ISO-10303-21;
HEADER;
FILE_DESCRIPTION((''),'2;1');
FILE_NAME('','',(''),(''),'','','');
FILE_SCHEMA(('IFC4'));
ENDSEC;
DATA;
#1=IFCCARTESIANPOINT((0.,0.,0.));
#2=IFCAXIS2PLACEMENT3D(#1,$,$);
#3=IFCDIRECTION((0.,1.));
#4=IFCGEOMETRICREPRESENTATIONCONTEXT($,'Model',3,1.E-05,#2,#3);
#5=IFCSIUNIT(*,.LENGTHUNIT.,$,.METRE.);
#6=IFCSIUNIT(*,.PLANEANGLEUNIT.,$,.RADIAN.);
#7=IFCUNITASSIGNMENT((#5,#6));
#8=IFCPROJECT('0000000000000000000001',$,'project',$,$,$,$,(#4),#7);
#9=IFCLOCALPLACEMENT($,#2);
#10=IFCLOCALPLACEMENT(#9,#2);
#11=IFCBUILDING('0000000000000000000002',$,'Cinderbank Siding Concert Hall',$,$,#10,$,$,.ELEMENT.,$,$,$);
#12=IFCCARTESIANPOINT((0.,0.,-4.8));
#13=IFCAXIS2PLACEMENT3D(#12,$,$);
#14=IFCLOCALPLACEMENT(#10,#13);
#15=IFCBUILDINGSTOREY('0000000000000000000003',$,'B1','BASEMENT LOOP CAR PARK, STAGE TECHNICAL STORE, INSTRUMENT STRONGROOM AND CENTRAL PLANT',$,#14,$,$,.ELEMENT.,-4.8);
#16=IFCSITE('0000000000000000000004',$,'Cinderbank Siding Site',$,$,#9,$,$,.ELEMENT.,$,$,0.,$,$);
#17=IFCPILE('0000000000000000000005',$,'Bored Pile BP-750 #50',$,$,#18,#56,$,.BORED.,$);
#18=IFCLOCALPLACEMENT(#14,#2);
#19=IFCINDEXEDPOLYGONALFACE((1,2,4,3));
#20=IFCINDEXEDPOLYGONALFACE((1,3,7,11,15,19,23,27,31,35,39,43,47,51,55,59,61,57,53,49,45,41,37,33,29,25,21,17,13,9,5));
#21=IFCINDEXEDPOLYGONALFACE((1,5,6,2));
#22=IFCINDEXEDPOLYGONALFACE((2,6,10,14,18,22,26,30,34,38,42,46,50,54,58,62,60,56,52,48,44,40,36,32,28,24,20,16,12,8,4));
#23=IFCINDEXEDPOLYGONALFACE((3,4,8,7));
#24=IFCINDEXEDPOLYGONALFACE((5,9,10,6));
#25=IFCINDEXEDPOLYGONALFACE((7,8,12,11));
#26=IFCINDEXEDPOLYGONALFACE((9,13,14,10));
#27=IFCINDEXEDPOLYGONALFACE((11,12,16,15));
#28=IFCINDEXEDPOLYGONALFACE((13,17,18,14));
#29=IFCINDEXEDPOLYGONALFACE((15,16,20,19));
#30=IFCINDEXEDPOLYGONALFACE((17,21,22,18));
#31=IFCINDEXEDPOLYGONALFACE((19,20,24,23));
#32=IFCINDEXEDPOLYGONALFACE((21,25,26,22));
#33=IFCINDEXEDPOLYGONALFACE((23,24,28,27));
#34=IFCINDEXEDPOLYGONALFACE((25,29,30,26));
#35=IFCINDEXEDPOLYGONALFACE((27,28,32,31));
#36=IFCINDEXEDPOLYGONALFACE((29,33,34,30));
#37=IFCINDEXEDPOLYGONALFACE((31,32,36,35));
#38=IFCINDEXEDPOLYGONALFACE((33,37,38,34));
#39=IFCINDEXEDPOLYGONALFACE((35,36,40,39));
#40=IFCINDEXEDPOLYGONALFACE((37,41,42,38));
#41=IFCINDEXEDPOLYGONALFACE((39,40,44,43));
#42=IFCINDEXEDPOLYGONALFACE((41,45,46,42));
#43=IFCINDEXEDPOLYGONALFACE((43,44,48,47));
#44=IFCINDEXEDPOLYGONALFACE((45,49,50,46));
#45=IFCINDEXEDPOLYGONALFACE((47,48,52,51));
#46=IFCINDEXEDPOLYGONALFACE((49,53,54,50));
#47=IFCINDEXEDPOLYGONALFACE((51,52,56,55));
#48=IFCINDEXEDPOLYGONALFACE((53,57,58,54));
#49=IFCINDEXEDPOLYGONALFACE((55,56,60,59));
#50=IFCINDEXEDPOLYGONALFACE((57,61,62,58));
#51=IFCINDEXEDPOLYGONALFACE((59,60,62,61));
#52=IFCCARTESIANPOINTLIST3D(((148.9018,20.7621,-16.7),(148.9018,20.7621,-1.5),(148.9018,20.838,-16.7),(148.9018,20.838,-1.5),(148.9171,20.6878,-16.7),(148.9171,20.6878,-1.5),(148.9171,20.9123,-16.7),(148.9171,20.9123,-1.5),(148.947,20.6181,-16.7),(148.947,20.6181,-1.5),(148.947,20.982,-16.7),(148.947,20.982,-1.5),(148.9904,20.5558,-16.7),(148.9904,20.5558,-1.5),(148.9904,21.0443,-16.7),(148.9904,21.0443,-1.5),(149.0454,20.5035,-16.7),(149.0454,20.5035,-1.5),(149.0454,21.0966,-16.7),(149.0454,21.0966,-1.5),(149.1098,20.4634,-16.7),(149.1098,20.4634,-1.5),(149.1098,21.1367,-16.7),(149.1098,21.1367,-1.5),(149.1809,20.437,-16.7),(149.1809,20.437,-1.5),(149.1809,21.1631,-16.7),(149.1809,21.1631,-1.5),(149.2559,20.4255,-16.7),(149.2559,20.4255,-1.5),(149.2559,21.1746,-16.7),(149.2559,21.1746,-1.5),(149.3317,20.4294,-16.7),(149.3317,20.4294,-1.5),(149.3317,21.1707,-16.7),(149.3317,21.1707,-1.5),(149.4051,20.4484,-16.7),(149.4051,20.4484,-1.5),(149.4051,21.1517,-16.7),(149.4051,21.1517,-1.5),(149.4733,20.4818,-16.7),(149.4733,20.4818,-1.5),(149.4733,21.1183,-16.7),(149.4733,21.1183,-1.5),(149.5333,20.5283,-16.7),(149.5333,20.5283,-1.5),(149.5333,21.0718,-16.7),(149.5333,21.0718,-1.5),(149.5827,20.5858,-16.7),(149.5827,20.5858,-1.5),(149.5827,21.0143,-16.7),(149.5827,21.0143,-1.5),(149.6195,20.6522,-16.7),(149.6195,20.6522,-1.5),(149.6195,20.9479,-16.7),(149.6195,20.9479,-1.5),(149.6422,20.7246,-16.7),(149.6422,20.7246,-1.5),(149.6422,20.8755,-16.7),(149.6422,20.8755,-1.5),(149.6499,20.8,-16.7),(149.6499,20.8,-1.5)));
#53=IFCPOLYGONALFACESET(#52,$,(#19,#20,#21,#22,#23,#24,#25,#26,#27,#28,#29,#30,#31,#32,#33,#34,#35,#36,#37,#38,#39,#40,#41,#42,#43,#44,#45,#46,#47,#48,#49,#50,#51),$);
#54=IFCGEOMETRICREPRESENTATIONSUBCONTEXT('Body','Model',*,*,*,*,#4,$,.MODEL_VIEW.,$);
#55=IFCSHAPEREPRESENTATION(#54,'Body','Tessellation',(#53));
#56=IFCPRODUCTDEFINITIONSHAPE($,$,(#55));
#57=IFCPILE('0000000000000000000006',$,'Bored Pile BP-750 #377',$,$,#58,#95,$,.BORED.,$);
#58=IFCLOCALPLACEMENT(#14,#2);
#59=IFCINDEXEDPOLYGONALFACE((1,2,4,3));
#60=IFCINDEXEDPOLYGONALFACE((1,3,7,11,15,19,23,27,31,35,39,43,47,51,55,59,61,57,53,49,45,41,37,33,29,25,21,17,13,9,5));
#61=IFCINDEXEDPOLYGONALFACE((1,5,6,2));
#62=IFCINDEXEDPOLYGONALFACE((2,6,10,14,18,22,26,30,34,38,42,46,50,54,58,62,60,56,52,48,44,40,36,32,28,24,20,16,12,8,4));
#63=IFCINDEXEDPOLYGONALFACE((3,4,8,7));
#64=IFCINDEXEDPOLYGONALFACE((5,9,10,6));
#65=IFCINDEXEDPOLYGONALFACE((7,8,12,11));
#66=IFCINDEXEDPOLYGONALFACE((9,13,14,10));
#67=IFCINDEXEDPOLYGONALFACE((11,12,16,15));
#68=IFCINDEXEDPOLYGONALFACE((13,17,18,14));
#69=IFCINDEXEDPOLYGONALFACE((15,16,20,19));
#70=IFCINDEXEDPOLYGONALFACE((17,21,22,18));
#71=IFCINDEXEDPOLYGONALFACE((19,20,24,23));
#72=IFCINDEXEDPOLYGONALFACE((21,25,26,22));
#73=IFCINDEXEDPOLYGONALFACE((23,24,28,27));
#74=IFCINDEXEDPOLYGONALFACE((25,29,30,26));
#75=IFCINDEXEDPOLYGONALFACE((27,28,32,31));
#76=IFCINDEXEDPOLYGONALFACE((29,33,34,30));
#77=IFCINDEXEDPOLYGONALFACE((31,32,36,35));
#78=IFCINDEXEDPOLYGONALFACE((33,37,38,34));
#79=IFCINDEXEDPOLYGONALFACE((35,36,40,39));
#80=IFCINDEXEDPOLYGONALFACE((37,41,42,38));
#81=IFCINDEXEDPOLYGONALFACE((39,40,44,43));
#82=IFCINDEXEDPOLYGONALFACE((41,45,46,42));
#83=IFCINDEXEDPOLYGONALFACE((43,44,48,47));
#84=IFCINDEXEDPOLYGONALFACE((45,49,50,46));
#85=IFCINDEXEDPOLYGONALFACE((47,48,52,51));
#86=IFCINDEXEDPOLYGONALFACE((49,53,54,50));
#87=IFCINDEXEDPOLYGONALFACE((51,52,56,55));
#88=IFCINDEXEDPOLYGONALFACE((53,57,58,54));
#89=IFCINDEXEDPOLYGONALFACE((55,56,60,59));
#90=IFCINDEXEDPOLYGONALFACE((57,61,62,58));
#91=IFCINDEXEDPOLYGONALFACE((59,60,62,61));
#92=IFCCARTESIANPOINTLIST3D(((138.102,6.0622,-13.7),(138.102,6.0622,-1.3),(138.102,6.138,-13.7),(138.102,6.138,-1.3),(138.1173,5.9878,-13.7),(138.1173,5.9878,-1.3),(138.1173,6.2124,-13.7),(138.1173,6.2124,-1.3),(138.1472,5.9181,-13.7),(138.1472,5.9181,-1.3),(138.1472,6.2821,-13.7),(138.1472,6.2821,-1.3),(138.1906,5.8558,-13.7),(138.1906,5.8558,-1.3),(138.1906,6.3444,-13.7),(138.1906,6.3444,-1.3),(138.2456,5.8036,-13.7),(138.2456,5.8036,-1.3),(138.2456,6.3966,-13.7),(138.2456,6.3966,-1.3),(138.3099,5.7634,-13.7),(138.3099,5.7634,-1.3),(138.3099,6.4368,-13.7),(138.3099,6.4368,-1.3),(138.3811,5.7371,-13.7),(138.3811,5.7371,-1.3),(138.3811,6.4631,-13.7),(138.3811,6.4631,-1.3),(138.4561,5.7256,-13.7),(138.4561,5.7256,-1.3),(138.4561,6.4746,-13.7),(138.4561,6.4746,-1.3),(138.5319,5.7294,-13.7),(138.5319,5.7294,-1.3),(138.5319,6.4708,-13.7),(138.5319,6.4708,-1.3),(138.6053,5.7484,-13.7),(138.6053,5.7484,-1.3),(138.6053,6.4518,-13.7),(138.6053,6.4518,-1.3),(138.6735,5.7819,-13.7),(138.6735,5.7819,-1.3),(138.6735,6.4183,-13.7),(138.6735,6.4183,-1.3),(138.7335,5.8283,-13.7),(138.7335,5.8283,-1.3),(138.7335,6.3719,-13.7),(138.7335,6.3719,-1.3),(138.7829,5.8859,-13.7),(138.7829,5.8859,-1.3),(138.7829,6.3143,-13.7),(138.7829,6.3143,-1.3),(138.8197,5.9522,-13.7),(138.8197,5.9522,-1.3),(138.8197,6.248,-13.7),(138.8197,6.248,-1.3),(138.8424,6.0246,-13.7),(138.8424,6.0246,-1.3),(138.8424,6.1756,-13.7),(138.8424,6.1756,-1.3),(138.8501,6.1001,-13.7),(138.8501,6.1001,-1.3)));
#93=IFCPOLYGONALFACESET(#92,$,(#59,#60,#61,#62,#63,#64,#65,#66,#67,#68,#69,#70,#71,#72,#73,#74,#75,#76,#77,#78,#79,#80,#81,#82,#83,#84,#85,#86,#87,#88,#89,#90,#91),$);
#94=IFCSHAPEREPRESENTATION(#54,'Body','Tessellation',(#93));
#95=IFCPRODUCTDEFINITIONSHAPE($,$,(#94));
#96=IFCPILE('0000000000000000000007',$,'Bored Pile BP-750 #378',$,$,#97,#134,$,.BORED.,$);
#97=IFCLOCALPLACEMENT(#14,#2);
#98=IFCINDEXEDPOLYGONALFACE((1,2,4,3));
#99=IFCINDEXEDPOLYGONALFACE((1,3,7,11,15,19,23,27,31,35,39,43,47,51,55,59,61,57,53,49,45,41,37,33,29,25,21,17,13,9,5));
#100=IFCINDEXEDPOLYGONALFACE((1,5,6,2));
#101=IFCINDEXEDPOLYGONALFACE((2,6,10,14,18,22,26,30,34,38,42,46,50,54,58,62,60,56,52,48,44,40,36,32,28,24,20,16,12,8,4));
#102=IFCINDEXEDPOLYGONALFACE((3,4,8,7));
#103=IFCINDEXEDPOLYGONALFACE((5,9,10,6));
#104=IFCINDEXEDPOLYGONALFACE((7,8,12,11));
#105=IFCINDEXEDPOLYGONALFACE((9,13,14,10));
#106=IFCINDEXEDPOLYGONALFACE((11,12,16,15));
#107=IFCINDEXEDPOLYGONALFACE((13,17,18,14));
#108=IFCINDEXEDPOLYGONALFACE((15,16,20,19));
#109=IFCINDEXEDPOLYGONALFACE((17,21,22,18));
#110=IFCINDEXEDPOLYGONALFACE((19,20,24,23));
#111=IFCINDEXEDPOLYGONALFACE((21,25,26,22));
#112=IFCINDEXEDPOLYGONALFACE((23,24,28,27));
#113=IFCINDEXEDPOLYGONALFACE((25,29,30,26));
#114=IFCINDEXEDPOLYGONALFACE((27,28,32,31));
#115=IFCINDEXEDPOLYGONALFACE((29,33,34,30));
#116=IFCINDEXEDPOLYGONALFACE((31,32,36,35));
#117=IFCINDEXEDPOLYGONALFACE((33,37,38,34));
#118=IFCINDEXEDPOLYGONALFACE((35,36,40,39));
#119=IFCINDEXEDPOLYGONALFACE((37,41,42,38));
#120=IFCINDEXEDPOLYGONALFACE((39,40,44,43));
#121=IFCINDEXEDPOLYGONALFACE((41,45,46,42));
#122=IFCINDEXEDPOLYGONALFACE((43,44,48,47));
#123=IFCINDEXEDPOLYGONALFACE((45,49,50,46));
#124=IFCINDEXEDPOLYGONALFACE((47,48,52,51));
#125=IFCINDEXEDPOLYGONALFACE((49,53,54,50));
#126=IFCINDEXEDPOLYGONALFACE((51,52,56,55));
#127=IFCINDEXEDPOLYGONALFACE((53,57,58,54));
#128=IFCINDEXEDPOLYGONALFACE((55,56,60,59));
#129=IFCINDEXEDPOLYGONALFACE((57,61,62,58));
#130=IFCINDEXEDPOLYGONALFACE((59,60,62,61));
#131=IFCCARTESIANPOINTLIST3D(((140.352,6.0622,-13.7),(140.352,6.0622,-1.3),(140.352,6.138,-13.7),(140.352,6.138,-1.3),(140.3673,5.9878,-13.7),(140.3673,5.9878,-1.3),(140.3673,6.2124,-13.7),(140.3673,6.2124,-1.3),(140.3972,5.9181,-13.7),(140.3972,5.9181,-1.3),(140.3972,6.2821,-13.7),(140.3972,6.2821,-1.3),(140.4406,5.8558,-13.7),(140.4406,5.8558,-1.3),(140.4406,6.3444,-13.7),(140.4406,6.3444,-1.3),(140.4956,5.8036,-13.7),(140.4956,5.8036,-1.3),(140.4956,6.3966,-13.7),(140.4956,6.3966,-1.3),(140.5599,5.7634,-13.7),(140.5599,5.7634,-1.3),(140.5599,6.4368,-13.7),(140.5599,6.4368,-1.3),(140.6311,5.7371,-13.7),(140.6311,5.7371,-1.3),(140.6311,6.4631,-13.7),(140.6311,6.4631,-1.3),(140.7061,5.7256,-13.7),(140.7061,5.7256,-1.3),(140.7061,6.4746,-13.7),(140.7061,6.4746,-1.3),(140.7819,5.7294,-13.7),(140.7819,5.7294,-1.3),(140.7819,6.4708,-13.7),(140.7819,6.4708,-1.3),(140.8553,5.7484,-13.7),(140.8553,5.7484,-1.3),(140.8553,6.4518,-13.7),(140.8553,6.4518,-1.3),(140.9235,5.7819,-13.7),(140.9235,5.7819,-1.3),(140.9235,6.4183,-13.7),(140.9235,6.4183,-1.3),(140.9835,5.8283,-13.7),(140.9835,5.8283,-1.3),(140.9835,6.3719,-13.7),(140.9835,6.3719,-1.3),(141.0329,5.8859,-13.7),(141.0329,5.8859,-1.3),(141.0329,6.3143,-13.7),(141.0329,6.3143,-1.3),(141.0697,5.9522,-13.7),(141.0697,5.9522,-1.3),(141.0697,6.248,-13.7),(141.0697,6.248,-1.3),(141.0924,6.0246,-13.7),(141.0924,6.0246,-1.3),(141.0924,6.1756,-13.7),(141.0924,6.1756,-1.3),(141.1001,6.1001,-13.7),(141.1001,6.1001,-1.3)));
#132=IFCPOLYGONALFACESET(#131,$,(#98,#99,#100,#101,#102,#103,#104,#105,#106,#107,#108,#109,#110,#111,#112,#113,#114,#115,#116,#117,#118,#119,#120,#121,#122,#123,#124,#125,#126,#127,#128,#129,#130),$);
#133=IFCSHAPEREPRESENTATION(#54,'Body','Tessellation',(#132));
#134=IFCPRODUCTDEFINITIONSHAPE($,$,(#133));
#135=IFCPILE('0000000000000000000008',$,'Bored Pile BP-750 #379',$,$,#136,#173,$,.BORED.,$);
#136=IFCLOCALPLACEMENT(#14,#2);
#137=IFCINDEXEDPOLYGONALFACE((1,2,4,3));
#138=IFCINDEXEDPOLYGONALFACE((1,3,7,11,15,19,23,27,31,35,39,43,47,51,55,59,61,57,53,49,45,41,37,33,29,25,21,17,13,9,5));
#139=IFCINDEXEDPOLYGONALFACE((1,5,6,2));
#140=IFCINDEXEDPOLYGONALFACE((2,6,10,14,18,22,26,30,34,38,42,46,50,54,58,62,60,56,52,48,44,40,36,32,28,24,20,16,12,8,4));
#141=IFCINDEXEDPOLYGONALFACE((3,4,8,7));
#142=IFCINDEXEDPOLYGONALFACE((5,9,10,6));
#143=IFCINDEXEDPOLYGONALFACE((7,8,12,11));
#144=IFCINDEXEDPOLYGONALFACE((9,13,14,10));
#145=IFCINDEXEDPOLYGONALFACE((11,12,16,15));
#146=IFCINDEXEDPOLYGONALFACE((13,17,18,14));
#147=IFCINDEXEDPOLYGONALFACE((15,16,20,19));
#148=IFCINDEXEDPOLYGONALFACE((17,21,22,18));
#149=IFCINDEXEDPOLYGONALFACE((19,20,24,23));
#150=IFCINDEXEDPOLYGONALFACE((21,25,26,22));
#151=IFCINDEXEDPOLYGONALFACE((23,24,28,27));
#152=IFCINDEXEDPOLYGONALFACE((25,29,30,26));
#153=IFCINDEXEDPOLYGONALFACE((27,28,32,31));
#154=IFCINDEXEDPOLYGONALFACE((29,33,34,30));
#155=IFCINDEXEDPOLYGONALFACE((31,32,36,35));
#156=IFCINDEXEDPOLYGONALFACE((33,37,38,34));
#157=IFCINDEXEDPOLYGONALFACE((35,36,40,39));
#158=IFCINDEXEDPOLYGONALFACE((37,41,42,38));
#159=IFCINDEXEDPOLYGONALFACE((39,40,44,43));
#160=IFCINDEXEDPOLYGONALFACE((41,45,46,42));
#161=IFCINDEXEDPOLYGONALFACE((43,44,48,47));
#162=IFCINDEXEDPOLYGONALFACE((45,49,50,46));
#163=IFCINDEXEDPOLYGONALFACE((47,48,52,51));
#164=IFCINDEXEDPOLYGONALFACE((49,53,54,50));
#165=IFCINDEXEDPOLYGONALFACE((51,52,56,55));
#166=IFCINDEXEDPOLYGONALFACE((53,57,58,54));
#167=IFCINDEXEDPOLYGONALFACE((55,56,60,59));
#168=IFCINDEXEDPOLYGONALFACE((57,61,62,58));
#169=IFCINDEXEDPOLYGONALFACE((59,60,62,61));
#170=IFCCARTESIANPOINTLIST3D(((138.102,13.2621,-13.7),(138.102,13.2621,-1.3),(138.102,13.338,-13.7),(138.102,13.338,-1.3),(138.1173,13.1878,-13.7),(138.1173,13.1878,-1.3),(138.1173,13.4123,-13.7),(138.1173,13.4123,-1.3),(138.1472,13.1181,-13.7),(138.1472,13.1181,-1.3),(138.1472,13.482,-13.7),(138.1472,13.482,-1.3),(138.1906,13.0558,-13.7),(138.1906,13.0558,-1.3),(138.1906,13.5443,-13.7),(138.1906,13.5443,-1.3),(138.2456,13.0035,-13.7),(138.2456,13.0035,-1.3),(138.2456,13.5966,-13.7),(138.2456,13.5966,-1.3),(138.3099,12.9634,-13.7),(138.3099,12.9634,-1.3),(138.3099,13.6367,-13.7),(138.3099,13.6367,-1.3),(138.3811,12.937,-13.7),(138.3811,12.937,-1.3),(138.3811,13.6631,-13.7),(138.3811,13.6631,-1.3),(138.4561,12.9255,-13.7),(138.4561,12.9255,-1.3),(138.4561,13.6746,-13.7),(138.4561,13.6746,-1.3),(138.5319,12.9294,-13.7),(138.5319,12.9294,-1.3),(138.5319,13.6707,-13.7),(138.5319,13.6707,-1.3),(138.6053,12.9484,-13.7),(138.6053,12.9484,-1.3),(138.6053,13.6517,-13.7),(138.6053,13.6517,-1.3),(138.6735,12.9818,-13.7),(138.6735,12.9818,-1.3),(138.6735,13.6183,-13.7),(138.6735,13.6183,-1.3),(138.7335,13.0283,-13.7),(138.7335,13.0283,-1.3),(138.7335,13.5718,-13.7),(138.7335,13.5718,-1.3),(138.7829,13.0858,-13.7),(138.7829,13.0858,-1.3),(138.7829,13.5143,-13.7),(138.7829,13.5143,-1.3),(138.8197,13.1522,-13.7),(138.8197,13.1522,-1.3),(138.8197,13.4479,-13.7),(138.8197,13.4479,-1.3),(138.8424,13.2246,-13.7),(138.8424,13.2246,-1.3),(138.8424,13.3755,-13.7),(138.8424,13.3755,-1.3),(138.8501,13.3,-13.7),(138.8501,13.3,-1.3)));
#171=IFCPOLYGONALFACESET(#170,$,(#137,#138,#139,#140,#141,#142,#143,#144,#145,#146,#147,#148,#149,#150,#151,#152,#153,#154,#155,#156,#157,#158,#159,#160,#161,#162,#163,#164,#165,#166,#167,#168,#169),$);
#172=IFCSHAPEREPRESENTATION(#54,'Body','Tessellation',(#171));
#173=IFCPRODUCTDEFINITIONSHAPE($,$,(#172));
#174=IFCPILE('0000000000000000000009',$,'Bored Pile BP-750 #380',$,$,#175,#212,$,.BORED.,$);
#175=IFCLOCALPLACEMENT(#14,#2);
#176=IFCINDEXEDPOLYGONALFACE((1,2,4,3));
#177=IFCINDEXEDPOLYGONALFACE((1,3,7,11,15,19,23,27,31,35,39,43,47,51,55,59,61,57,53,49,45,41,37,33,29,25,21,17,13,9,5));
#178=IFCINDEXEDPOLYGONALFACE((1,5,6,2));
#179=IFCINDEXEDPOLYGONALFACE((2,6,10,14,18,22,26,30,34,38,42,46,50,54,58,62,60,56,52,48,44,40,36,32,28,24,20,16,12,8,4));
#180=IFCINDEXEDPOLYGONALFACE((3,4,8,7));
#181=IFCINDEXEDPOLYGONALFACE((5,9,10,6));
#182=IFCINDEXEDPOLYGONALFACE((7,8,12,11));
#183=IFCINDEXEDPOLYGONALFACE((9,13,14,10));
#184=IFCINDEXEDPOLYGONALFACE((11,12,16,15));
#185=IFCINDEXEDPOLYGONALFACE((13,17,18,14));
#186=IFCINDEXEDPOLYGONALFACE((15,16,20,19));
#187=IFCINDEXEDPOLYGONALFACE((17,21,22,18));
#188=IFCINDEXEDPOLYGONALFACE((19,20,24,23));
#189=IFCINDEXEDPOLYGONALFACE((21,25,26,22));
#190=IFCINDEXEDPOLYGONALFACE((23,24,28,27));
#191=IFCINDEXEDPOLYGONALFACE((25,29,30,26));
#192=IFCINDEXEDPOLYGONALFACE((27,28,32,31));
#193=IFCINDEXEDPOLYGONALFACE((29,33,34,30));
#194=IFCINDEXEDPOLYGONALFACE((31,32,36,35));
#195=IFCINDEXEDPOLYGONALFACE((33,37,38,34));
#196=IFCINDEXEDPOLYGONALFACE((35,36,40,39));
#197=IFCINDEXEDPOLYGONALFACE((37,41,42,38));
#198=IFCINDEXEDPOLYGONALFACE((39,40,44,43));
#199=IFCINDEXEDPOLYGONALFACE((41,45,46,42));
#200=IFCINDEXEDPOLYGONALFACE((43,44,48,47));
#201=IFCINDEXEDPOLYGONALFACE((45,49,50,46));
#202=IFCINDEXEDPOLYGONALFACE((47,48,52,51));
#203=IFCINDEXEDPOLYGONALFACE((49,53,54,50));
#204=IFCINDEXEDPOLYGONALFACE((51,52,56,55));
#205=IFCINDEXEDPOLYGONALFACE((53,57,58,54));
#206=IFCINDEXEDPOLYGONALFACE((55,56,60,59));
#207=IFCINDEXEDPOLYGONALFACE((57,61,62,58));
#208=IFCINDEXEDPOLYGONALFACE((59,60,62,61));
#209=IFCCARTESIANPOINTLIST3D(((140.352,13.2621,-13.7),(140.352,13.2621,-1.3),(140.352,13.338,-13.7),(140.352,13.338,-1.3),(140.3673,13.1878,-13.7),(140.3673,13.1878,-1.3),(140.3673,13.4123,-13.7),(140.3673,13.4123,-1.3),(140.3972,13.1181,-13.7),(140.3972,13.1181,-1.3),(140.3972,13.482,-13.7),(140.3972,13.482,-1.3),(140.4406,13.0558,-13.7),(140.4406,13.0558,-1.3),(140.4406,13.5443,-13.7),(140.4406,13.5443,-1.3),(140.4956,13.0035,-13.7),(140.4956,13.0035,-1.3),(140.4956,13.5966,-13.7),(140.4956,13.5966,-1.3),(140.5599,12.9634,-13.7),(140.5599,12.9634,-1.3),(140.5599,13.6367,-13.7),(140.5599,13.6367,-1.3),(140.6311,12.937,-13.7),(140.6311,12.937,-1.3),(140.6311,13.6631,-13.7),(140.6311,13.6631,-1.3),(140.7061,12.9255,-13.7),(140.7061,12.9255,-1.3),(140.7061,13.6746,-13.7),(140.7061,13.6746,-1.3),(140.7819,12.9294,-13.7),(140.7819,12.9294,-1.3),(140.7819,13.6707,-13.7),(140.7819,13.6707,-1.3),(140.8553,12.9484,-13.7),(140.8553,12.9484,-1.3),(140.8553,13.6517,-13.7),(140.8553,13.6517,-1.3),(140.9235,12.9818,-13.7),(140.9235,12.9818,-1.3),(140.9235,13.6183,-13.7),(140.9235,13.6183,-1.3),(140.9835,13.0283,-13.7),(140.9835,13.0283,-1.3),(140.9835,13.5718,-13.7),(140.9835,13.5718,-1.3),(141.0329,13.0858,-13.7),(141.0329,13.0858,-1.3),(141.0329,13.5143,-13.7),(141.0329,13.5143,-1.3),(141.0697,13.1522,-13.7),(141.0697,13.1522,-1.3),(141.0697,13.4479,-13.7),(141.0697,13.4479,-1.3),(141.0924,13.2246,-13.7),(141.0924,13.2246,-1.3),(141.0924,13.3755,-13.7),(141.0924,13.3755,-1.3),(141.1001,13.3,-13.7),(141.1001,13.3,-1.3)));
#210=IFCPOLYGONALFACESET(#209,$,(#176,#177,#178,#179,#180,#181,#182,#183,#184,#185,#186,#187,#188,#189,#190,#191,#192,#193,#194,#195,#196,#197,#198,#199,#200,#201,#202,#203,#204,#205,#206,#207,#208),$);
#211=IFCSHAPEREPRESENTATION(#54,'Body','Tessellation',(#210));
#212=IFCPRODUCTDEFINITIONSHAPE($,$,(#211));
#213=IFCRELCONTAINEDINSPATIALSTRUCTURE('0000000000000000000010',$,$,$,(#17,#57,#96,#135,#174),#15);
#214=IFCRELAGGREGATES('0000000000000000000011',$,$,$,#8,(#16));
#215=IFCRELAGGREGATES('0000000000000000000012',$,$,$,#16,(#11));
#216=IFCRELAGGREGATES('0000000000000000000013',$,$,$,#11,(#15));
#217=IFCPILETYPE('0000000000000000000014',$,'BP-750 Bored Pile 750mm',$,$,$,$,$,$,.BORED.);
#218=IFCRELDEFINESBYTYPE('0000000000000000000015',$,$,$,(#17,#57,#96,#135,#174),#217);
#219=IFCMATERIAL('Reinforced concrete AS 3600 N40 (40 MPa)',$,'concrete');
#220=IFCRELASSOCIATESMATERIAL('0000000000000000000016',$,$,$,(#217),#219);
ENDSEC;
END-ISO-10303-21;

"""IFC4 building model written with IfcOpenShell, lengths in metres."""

from ifc_helpers import new_model, si_unit, direction, frame, origin, origin_2d, place, context, subcontext, project, spatial, circle, extrude, material, material_profile, profile_set, type_object, element, save


model = new_model("IFC4")

# Units and contexts
model_context = context("Model", 3, precision=1e-05, world=origin(), true_north=direction((0.0, 1.0)))
body_context = subcontext(model_context, "Body", "Model", "MODEL_VIEW")
ifc_project = project(units=[si_unit("LENGTHUNIT", "METRE"), si_unit("PLANEANGLEUNIT", "RADIAN")], contexts=[model_context])

# Site, building, storey
site_placement = place(None, origin())
site = spatial("IfcSite", under=ifc_project, at=site_placement, Name="Cinderbank Siding Site", CompositionType="ELEMENT", RefElevation=0.0)
building_placement = place(site_placement, origin())
building = spatial("IfcBuilding", under=site, at=building_placement, Name="Cinderbank Siding Concert Hall", CompositionType="ELEMENT")
storey_placement = place(building_placement, frame((0.0, 0.0, -4.8)))
storey = spatial("IfcBuildingStorey", under=building, at=storey_placement, Name="B1", Description="BASEMENT LOOP CAR PARK, STAGE TECHNICAL STORE, INSTRUMENT STRONGROOM AND CENTRAL PLANT", CompositionType="ELEMENT", Elevation=-4.8)

# Piles
ifc_material_1 = material(Name="Reinforced concrete AS 3600 N40 (40 MPa)", Category="concrete")
ifc_material_profile_1 = material_profile(ifc_material_1, circle(Radius=0.375, at=origin_2d()), Name="PILE-750DIA", Category="LoadBearing")
ifc_profile_set_1 = profile_set([ifc_material_profile_1], Name="Reinforced concrete AS 3600 N40 (40 MPa)")
pile_type_1 = type_object("IfcPileType", Name="BP-750 Bored Pile 750mm", PredefinedType="BORED", material=ifc_profile_set_1)
pile_1_placement = place(storey_placement, frame((149.2749, 20.8, -1.5), z_axis=(0.0, 0.0, -1.0), x_axis=(1.0, 0.0, 0.0)))
element("IfcPile", 1, at=pile_1_placement, inside=storey, type_object=pile_type_1, Name="Bored Pile BP-750 #50", PredefinedType="BORED", context=body_context, shape_type="SweptSolid", body=[
    extrude(circle(Radius=0.375, at=origin_2d()), origin(), (0.0, 0.0, 1.0), 15.2),
])
for number, where, z_axis, x_axis, name in (
    (2, (138.4751, 6.1001, -1.3), (0.0, 0.0, -1.0), (1.0, 0.0, 0.0), "Bored Pile BP-750 #377"),
    (3, (140.7251, 6.1001, -1.3), (0.0, 0.0, -1.0), (1.0, 0.0, 0.0), "Bored Pile BP-750 #378"),
    (4, (138.4751, 13.3, -1.3), (0.0, 0.0, -1.0), (1.0, 0.0, 0.0), "Bored Pile BP-750 #379"),
    (5, (140.7251, 13.3, -1.3), (0.0, 0.0, -1.0), (1.0, 0.0, 0.0), "Bored Pile BP-750 #380"),
):
    element("IfcPile", number, at=place(storey_placement, frame(where, z_axis=z_axis, x_axis=x_axis)), inside=storey, type_object=pile_type_1, Name=name, PredefinedType="BORED", context=body_context, shape_type="SweptSolid", body=[
        extrude(circle(Radius=0.375, at=origin_2d()), origin(), (0.0, 0.0, 1.0), 12.3999),
    ])

save(model, "model.ifc")
